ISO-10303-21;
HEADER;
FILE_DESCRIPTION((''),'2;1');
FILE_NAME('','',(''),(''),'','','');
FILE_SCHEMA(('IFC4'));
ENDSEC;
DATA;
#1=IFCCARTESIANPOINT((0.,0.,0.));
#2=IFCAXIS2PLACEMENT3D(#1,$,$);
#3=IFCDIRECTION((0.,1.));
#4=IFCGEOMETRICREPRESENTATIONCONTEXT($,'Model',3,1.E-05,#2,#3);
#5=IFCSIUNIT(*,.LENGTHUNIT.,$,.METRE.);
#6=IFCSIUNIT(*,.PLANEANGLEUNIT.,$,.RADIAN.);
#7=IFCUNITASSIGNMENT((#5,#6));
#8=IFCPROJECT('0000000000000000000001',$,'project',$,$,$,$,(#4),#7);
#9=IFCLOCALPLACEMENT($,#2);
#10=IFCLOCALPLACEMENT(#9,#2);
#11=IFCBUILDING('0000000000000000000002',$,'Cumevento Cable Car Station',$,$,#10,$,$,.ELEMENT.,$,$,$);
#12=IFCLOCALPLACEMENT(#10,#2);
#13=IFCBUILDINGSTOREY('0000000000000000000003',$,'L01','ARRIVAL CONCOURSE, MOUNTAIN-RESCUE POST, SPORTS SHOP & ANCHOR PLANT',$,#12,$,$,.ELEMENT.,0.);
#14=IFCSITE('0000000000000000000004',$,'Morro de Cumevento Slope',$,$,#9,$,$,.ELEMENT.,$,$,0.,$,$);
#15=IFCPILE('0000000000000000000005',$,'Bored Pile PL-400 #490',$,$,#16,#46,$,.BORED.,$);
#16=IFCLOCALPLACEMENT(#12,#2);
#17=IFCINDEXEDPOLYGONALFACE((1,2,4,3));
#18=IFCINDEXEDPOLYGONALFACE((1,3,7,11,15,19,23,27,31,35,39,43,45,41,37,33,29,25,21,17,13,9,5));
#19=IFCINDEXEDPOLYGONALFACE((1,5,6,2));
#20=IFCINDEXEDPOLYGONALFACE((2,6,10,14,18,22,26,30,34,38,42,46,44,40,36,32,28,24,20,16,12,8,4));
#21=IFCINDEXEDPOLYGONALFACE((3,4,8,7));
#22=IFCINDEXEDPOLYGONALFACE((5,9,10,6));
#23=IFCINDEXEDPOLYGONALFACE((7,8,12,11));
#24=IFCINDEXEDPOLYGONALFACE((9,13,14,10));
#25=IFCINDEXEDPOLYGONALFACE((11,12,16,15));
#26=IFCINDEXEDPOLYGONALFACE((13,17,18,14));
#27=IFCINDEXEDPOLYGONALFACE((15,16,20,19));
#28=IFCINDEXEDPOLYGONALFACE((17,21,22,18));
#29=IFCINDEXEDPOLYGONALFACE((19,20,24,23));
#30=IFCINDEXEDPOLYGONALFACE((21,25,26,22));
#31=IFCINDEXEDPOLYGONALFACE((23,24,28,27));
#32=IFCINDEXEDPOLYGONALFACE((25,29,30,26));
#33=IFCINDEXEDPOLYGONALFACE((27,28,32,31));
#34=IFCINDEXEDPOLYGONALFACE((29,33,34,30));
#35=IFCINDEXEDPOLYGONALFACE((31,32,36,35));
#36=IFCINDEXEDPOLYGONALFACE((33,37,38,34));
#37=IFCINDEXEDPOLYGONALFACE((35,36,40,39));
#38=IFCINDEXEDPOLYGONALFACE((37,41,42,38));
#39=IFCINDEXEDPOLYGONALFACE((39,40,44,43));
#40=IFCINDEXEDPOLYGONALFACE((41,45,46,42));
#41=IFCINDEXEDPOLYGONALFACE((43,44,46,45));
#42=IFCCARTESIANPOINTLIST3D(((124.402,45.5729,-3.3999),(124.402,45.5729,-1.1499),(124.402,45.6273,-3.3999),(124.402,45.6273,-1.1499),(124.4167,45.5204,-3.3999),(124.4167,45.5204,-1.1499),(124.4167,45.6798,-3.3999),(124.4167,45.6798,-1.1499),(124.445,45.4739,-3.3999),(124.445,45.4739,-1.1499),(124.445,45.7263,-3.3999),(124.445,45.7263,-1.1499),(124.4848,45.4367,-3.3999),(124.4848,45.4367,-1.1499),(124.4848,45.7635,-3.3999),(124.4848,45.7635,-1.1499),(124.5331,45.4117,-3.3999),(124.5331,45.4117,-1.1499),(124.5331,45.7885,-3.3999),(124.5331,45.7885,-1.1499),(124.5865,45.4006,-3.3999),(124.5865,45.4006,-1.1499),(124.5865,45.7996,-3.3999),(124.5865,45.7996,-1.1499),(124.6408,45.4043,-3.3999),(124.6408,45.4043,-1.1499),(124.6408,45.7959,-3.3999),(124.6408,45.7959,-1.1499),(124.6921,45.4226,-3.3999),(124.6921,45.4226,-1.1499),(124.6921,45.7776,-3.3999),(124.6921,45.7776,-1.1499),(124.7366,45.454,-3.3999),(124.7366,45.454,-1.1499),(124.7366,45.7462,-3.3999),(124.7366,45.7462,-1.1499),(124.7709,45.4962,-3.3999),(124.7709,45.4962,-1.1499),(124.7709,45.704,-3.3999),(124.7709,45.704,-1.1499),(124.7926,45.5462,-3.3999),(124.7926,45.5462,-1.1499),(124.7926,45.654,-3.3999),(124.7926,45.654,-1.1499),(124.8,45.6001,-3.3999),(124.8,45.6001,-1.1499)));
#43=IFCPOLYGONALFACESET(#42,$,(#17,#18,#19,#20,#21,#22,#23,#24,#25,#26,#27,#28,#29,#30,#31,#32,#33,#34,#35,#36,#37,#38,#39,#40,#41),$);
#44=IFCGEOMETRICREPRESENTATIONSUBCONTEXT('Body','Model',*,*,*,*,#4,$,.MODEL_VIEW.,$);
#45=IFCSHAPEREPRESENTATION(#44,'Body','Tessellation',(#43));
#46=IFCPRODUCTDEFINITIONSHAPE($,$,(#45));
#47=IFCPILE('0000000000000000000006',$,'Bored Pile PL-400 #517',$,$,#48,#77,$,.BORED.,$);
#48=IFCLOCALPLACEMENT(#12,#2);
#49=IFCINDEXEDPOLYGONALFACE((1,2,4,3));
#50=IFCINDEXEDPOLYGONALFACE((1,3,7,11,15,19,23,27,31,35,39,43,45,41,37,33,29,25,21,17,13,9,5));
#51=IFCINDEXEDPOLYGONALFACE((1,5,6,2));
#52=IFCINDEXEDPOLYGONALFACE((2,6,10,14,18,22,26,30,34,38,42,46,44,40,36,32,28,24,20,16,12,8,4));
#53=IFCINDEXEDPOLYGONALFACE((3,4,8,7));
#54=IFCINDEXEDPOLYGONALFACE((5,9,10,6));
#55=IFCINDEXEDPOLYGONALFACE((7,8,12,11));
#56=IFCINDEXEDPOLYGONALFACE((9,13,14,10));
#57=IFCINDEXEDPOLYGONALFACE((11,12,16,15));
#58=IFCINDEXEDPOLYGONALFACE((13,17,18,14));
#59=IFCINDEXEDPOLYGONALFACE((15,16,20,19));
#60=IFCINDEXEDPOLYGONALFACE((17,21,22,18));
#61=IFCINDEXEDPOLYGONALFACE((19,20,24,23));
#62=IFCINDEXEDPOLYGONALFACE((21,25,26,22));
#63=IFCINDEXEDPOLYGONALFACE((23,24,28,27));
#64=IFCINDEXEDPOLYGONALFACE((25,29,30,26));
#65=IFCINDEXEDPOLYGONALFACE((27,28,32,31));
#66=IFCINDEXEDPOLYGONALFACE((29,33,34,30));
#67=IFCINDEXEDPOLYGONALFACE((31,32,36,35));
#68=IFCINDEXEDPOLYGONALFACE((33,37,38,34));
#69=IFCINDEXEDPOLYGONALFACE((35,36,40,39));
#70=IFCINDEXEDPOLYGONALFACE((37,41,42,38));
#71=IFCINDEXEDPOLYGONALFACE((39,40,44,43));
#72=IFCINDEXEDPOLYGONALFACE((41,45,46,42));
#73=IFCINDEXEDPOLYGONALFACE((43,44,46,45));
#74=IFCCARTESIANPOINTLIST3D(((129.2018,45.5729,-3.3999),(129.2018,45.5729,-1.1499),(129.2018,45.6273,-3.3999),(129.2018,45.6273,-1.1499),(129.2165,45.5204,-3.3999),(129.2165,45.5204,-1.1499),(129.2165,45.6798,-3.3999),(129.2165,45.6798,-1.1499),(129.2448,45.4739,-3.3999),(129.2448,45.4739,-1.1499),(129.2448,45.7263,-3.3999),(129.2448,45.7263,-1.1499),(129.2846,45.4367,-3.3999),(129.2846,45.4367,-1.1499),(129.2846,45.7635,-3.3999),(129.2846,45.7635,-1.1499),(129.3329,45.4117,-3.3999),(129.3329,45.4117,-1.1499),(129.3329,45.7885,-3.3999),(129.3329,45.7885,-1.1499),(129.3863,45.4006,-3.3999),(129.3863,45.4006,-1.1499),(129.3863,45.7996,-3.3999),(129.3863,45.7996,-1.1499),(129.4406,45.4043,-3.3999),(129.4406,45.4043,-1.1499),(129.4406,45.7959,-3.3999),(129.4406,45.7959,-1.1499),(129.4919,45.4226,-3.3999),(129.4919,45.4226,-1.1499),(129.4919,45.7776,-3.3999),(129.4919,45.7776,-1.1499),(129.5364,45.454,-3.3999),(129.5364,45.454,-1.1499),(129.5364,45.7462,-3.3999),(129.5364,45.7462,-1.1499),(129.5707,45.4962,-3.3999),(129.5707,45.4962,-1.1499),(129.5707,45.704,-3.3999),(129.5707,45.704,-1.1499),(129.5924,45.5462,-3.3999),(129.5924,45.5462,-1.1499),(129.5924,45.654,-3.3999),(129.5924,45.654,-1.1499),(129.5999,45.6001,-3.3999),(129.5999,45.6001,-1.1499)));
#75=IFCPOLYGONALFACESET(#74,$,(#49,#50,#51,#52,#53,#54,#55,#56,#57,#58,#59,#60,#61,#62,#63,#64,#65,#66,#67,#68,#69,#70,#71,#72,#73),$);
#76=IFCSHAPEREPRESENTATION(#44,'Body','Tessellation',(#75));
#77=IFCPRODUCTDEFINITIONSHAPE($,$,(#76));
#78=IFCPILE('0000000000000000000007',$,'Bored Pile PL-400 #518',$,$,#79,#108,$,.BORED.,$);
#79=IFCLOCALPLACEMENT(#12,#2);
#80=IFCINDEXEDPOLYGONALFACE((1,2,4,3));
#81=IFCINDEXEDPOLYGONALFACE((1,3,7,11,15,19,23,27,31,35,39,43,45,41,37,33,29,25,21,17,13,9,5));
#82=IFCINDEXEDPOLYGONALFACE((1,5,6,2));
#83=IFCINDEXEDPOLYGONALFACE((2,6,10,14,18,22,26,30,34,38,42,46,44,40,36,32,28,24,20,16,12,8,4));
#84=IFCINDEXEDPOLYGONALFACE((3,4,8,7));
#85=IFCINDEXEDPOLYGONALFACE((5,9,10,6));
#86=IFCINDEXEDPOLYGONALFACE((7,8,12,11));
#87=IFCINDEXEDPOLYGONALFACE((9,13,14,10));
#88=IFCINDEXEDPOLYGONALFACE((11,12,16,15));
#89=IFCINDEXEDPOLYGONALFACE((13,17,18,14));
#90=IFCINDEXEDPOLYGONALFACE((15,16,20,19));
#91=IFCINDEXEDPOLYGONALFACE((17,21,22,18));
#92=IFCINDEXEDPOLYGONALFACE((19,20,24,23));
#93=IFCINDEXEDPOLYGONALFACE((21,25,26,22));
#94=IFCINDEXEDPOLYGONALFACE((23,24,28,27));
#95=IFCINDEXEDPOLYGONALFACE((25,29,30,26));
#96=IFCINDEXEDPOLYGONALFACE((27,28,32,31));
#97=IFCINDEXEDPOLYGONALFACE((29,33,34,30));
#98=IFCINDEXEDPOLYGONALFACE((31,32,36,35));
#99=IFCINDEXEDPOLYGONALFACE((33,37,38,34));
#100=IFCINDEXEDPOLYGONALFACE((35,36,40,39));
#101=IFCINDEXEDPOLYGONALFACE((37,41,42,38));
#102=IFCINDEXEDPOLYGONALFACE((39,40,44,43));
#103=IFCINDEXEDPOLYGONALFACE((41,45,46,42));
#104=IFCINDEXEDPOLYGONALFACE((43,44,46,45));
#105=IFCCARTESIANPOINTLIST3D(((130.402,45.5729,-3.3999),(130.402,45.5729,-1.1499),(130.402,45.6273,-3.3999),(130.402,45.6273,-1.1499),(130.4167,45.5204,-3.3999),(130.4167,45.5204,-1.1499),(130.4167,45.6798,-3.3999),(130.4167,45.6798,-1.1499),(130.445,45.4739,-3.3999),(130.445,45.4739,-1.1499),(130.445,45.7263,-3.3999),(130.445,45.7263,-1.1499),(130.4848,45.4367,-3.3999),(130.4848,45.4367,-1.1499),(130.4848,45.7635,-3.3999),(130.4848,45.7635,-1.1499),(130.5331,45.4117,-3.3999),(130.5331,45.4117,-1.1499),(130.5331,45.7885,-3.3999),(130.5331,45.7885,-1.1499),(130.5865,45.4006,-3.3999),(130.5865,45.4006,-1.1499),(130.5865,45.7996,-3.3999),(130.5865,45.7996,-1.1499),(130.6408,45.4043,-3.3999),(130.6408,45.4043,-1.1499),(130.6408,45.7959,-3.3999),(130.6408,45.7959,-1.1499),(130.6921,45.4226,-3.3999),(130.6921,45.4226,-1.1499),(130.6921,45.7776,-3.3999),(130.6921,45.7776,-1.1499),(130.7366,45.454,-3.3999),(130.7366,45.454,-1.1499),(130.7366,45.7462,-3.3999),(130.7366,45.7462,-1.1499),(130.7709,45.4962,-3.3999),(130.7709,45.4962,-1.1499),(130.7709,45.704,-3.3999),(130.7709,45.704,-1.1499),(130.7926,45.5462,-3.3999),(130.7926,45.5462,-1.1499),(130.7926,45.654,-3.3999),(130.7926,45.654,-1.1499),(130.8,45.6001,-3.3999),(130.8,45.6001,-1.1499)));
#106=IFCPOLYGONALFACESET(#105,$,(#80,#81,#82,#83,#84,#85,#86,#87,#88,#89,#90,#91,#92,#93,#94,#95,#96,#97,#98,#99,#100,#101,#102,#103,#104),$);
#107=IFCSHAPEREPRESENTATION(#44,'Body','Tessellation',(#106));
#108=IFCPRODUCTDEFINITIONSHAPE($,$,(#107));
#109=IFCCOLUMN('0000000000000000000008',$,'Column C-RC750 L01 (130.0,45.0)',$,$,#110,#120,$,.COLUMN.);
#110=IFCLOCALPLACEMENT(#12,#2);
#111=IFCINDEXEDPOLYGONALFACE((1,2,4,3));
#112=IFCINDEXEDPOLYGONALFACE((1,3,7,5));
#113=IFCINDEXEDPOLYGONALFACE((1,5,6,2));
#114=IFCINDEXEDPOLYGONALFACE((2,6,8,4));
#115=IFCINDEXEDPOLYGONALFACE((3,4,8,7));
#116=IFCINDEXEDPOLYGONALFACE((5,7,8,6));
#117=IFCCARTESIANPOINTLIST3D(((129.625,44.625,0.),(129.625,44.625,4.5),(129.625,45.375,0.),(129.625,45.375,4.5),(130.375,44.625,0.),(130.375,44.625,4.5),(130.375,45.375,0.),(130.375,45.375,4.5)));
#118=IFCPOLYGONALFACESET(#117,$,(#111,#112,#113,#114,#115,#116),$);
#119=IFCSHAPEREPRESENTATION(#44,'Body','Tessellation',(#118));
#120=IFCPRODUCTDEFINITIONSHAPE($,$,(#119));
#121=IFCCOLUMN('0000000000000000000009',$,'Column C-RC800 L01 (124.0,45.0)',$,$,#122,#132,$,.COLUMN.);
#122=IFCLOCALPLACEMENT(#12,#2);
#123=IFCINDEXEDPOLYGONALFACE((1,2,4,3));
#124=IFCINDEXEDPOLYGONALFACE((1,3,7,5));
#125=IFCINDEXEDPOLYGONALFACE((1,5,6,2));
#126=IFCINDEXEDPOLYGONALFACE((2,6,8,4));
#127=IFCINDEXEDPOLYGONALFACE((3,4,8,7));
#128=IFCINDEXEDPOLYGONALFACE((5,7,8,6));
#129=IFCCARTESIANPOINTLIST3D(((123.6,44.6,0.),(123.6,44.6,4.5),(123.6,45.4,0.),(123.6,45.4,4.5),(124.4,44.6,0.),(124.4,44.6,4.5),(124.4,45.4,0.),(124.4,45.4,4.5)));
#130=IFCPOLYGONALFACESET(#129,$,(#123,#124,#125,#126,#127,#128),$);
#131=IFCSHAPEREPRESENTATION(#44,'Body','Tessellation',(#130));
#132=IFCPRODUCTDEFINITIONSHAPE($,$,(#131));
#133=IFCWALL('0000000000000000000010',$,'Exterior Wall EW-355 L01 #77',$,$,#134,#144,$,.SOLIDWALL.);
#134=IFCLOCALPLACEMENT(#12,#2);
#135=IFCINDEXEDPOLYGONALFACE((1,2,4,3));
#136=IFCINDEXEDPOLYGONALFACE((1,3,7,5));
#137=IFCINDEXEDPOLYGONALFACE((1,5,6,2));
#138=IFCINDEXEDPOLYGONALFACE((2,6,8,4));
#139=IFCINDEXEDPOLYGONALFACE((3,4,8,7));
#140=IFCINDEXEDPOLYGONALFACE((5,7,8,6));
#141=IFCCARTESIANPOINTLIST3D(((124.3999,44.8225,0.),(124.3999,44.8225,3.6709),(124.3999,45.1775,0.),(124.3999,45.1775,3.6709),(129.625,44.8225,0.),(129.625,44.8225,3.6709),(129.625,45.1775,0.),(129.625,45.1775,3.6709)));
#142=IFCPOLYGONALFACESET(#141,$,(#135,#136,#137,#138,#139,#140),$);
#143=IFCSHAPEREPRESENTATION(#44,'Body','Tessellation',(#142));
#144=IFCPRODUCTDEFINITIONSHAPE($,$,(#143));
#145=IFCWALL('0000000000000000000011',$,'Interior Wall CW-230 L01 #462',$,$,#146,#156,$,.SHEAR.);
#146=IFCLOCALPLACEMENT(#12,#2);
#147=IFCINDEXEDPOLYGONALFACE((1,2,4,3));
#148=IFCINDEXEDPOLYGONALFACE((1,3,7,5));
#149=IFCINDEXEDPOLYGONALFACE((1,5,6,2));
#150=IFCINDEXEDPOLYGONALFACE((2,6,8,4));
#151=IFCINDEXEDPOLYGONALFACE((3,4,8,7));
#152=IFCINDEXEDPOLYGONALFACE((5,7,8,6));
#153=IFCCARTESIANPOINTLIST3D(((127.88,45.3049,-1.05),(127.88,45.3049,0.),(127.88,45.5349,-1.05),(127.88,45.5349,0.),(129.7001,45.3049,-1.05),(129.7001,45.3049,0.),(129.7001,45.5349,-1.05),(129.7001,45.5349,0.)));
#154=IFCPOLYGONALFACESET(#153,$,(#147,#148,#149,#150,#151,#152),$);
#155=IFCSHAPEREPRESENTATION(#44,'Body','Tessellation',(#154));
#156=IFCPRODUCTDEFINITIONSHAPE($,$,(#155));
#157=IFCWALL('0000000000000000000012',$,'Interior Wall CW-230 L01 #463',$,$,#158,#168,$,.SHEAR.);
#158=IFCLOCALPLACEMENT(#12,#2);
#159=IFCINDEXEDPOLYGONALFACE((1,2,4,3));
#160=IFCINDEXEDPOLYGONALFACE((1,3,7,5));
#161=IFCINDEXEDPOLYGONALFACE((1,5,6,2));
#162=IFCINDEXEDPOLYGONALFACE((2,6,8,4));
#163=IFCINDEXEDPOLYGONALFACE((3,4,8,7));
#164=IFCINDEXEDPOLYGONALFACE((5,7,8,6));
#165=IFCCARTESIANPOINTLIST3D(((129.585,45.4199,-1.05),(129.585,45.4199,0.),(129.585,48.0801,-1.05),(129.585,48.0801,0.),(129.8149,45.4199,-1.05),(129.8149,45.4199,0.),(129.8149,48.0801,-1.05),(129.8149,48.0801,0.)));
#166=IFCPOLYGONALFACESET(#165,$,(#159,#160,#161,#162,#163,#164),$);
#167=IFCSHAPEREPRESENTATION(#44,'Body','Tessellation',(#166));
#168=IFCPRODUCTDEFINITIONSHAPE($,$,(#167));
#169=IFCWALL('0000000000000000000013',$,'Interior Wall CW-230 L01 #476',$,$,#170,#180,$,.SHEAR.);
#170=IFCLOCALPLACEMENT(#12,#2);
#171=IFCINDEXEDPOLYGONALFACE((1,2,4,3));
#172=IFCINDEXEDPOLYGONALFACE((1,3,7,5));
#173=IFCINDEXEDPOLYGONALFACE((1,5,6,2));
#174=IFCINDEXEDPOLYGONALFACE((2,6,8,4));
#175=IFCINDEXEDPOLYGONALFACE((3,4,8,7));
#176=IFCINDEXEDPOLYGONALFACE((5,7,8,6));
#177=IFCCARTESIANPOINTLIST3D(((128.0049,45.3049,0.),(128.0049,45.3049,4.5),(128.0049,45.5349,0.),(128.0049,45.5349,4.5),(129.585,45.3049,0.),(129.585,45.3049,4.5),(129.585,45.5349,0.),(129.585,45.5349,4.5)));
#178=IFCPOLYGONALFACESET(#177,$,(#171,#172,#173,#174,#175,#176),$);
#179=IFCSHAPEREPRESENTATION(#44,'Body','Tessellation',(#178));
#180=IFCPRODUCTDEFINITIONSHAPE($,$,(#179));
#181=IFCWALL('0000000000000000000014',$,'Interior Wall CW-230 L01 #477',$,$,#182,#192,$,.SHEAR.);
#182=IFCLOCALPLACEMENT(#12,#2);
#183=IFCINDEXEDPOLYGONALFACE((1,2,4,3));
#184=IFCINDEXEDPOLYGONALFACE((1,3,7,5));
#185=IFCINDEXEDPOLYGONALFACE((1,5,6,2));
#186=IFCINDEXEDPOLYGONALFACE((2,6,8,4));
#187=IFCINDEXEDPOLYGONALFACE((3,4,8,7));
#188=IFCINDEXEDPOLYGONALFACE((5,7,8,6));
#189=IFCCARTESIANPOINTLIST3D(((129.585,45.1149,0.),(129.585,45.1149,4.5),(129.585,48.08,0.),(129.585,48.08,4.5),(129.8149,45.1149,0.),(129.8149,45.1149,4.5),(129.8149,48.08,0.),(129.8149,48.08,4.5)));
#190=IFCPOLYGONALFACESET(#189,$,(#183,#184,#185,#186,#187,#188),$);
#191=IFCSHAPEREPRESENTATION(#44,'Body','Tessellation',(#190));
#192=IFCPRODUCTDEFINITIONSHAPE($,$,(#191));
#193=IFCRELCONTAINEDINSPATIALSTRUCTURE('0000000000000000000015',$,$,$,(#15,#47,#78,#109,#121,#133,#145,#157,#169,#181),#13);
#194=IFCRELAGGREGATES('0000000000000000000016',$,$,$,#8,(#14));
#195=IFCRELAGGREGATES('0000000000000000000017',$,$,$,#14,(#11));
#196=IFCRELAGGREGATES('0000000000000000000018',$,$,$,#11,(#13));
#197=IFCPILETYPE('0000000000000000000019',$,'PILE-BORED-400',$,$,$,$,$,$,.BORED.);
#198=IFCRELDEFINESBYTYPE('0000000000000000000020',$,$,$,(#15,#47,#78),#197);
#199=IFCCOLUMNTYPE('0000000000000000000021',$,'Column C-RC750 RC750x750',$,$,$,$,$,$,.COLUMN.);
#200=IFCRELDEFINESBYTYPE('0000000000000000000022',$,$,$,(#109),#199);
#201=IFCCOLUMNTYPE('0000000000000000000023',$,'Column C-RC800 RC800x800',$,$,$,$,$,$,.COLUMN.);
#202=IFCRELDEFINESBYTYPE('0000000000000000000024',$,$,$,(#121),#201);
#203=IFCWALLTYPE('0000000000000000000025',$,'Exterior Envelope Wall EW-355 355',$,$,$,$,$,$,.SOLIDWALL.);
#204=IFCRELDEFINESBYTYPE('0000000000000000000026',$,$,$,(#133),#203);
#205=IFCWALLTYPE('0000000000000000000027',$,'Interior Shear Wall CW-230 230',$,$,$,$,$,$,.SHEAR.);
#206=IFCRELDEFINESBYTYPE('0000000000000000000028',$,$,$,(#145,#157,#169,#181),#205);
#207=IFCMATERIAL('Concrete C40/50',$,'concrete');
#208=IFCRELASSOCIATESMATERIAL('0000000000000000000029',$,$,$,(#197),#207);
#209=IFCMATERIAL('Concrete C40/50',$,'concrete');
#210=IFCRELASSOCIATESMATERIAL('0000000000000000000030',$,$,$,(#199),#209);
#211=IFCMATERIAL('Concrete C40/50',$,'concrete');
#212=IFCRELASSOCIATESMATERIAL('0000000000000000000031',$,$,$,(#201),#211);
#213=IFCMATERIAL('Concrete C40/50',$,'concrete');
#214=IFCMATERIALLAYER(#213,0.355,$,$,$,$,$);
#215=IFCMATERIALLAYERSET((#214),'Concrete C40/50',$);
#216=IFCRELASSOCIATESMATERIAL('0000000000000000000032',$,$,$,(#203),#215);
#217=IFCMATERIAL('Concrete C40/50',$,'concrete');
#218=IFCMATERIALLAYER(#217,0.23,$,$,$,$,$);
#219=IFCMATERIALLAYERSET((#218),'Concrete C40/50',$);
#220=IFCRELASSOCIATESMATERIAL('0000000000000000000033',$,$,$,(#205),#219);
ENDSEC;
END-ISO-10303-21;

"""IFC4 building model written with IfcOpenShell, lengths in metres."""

from ifc_helpers import new_model, si_unit, direction, frame, frame_2d, origin, origin_2d, place, context, subcontext, project, spatial, rectangle, circle, extrude, material, layer, layer_set, material_profile, profile_set, type_object, element, save


model = new_model("IFC4")

# Units and contexts
model_context = context("Model", 3, precision=1e-05, world=origin(), true_north=direction((0.0, 1.0)))
body_context = subcontext(model_context, "Body", "Model", "MODEL_VIEW")
ifc_project = project(units=[si_unit("LENGTHUNIT", "METRE"), si_unit("PLANEANGLEUNIT", "RADIAN")], contexts=[model_context])

# Site, building, storey
site_placement = place(None, origin())
site = spatial("IfcSite", under=ifc_project, at=site_placement, Name="Morro de Cumevento Slope", CompositionType="ELEMENT", RefElevation=0.0)
building_placement = place(site_placement, origin())
building = spatial("IfcBuilding", under=site, at=building_placement, Name="Cumevento Cable Car Station", CompositionType="ELEMENT")
storey_placement = place(building_placement, origin())
storey = spatial("IfcBuildingStorey", under=building, at=storey_placement, Name="L01", Description="ARRIVAL CONCOURSE, MOUNTAIN-RESCUE POST, SPORTS SHOP & ANCHOR PLANT", CompositionType="ELEMENT", Elevation=0.0)

# Piles
ifc_material_1 = material(Name="Concrete C40/50", Category="concrete")
ifc_material_profile_1 = material_profile(ifc_material_1, circle(Radius=0.2, at=origin_2d()), Name="PILE-D400")
ifc_profile_set_1 = profile_set([ifc_material_profile_1], Name="Concrete C40/50")
pile_type = type_object("IfcPileType", Name="PILE-BORED-400", PredefinedType="BORED", material=ifc_profile_set_1)
for number, where, z_axis, x_axis, name in (
    (1, (124.6001, 45.6001, -1.1499), (0.0, 0.0, -1.0), (1.0, 0.0, 0.0), "Bored Pile PL-400 #490"),
    (2, (129.3999, 45.6001, -1.1499), (0.0, 0.0, -1.0), (1.0, 0.0, 0.0), "Bored Pile PL-400 #517"),
    (3, (130.6001, 45.6001, -1.1499), (0.0, 0.0, -1.0), (1.0, 0.0, 0.0), "Bored Pile PL-400 #518"),
):
    element("IfcPile", number, at=place(storey_placement, frame(where, z_axis=z_axis, x_axis=x_axis)), inside=storey, type_object=pile_type, Name=name, PredefinedType="BORED", context=body_context, shape_type="SweptSolid", body=[
        extrude(circle(Radius=0.2, at=origin_2d()), origin(), (0.0, 0.0, 1.0), 2.25),
    ])

# Columns
ifc_material_2 = material(Name="Concrete C40/50", Category="concrete")
ifc_material_profile_2 = material_profile(ifc_material_2, rectangle(XDim=0.75, YDim=0.75, at=origin_2d()), Name="RC750x750")
ifc_profile_set_2 = profile_set([ifc_material_profile_2], Name="Concrete C40/50")
column_type_1 = type_object("IfcColumnType", Name="Column C-RC750 RC750x750", PredefinedType="COLUMN", material=ifc_profile_set_2)
column_1_placement = place(storey_placement, frame((130.0, 45.0, 0.0), z_axis=(0.0, 0.0, 1.0), x_axis=(1.0, 0.0, 0.0)))
element("IfcColumn", 4, at=column_1_placement, inside=storey, type_object=column_type_1, Name="Column C-RC750 L01 (130.0,45.0)", PredefinedType="COLUMN", context=body_context, shape_type="SweptSolid", body=[
    extrude(rectangle(XDim=0.75, YDim=0.75, at=origin_2d()), origin(), (0.0, 0.0, 1.0), 4.5),
])
ifc_material_3 = material(Name="Concrete C40/50", Category="concrete")
ifc_material_profile_3 = material_profile(ifc_material_3, rectangle(XDim=0.8, YDim=0.8, at=origin_2d()), Name="RC800x800")
ifc_profile_set_3 = profile_set([ifc_material_profile_3], Name="Concrete C40/50")
column_type_2 = type_object("IfcColumnType", Name="Column C-RC800 RC800x800", PredefinedType="COLUMN", material=ifc_profile_set_3)
column_2_placement = place(storey_placement, frame((124.0, 45.0, 0.0), z_axis=(0.0, 0.0, 1.0), x_axis=(1.0, 0.0, 0.0)))
element("IfcColumn", 5, at=column_2_placement, inside=storey, type_object=column_type_2, Name="Column C-RC800 L01 (124.0,45.0)", PredefinedType="COLUMN", context=body_context, shape_type="SweptSolid", body=[
    extrude(rectangle(XDim=0.8, YDim=0.8, at=origin_2d()), origin(), (0.0, 0.0, 1.0), 4.5),
])

# Walls
ifc_material_4 = material(Name="Concrete C40/50", Category="concrete")
ifc_layer_1 = layer(ifc_material_4, 0.355)
ifc_layer_set_1 = layer_set([ifc_layer_1], Name="Concrete C40/50")
wall_type_1 = type_object("IfcWallType", Name="Exterior Envelope Wall EW-355 355", PredefinedType="SOLIDWALL", material=ifc_layer_set_1)
wall_1_placement = place(storey_placement, frame((129.625, 45.0, 0.0), z_axis=(0.0, 0.0, 1.0), x_axis=(-1.0, 0.0, 0.0)))
element("IfcWall", 6, at=wall_1_placement, inside=storey, type_object=wall_type_1, Name="Exterior Wall EW-355 L01 #77", PredefinedType="SOLIDWALL", context=body_context, shape_type="SweptSolid", body=[
    extrude(rectangle(XDim=5.2251, YDim=0.355, at=frame_2d((2.6125, 0.0))), origin(), (0.0, 0.0, 1.0), 3.6709),
])
ifc_material_5 = material(Name="Concrete C40/50", Category="concrete")
ifc_layer_2 = layer(ifc_material_5, 0.23)
ifc_layer_set_2 = layer_set([ifc_layer_2], Name="Concrete C40/50")
wall_type_2 = type_object("IfcWallType", Name="Interior Shear Wall CW-230 230", PredefinedType="SHEAR", material=ifc_layer_set_2)
wall_2_placement = place(storey_placement, frame((127.8799, 45.4199, -1.05), z_axis=(0.0, 0.0, 1.0), x_axis=(1.0, 0.0, 0.0)))
element("IfcWall", 7, at=wall_2_placement, inside=storey, type_object=wall_type_2, Name="Interior Wall CW-230 L01 #462", PredefinedType="SHEAR", context=body_context, shape_type="SweptSolid", body=[
    extrude(rectangle(XDim=1.8201, YDim=0.23, at=frame_2d((0.9102, 0.0))), origin(), (0.0, 0.0, 1.0), 1.05),
])
wall_3_placement = place(storey_placement, frame((129.7, 45.4199, -1.05), z_axis=(0.0, 0.0, 1.0), x_axis=(0.0, 1.0, 0.0)))
element("IfcWall", 8, at=wall_3_placement, inside=storey, type_object=wall_type_2, Name="Interior Wall CW-230 L01 #463", PredefinedType="SHEAR", context=body_context, shape_type="SweptSolid", body=[
    extrude(rectangle(XDim=2.6602, YDim=0.23, at=frame_2d((1.3301, 0.0))), origin(), (0.0, 0.0, 1.0), 1.05),
])
wall_4_placement = place(storey_placement, frame((128.0049, 45.4199, 0.0), z_axis=(0.0, 0.0, 1.0), x_axis=(1.0, 0.0, 0.0)))
element("IfcWall", 9, at=wall_4_placement, inside=storey, type_object=wall_type_2, Name="Interior Wall CW-230 L01 #476", PredefinedType="SHEAR", context=body_context, shape_type="SweptSolid", body=[
    extrude(rectangle(XDim=1.5801, YDim=0.23, at=frame_2d((0.79, 0.0))), origin(), (0.0, 0.0, 1.0), 4.5),
])
wall_5_placement = place(storey_placement, frame((129.7, 45.115, 0.0), z_axis=(0.0, 0.0, 1.0), x_axis=(0.0, 1.0, 0.0)))
element("IfcWall", 10, at=wall_5_placement, inside=storey, type_object=wall_type_2, Name="Interior Wall CW-230 L01 #477", PredefinedType="SHEAR", context=body_context, shape_type="SweptSolid", body=[
    extrude(rectangle(XDim=2.9651, YDim=0.23, at=frame_2d((1.4824, 0.0))), origin(), (0.0, 0.0, 1.0), 4.5),
])

save(model, "model.ifc")
